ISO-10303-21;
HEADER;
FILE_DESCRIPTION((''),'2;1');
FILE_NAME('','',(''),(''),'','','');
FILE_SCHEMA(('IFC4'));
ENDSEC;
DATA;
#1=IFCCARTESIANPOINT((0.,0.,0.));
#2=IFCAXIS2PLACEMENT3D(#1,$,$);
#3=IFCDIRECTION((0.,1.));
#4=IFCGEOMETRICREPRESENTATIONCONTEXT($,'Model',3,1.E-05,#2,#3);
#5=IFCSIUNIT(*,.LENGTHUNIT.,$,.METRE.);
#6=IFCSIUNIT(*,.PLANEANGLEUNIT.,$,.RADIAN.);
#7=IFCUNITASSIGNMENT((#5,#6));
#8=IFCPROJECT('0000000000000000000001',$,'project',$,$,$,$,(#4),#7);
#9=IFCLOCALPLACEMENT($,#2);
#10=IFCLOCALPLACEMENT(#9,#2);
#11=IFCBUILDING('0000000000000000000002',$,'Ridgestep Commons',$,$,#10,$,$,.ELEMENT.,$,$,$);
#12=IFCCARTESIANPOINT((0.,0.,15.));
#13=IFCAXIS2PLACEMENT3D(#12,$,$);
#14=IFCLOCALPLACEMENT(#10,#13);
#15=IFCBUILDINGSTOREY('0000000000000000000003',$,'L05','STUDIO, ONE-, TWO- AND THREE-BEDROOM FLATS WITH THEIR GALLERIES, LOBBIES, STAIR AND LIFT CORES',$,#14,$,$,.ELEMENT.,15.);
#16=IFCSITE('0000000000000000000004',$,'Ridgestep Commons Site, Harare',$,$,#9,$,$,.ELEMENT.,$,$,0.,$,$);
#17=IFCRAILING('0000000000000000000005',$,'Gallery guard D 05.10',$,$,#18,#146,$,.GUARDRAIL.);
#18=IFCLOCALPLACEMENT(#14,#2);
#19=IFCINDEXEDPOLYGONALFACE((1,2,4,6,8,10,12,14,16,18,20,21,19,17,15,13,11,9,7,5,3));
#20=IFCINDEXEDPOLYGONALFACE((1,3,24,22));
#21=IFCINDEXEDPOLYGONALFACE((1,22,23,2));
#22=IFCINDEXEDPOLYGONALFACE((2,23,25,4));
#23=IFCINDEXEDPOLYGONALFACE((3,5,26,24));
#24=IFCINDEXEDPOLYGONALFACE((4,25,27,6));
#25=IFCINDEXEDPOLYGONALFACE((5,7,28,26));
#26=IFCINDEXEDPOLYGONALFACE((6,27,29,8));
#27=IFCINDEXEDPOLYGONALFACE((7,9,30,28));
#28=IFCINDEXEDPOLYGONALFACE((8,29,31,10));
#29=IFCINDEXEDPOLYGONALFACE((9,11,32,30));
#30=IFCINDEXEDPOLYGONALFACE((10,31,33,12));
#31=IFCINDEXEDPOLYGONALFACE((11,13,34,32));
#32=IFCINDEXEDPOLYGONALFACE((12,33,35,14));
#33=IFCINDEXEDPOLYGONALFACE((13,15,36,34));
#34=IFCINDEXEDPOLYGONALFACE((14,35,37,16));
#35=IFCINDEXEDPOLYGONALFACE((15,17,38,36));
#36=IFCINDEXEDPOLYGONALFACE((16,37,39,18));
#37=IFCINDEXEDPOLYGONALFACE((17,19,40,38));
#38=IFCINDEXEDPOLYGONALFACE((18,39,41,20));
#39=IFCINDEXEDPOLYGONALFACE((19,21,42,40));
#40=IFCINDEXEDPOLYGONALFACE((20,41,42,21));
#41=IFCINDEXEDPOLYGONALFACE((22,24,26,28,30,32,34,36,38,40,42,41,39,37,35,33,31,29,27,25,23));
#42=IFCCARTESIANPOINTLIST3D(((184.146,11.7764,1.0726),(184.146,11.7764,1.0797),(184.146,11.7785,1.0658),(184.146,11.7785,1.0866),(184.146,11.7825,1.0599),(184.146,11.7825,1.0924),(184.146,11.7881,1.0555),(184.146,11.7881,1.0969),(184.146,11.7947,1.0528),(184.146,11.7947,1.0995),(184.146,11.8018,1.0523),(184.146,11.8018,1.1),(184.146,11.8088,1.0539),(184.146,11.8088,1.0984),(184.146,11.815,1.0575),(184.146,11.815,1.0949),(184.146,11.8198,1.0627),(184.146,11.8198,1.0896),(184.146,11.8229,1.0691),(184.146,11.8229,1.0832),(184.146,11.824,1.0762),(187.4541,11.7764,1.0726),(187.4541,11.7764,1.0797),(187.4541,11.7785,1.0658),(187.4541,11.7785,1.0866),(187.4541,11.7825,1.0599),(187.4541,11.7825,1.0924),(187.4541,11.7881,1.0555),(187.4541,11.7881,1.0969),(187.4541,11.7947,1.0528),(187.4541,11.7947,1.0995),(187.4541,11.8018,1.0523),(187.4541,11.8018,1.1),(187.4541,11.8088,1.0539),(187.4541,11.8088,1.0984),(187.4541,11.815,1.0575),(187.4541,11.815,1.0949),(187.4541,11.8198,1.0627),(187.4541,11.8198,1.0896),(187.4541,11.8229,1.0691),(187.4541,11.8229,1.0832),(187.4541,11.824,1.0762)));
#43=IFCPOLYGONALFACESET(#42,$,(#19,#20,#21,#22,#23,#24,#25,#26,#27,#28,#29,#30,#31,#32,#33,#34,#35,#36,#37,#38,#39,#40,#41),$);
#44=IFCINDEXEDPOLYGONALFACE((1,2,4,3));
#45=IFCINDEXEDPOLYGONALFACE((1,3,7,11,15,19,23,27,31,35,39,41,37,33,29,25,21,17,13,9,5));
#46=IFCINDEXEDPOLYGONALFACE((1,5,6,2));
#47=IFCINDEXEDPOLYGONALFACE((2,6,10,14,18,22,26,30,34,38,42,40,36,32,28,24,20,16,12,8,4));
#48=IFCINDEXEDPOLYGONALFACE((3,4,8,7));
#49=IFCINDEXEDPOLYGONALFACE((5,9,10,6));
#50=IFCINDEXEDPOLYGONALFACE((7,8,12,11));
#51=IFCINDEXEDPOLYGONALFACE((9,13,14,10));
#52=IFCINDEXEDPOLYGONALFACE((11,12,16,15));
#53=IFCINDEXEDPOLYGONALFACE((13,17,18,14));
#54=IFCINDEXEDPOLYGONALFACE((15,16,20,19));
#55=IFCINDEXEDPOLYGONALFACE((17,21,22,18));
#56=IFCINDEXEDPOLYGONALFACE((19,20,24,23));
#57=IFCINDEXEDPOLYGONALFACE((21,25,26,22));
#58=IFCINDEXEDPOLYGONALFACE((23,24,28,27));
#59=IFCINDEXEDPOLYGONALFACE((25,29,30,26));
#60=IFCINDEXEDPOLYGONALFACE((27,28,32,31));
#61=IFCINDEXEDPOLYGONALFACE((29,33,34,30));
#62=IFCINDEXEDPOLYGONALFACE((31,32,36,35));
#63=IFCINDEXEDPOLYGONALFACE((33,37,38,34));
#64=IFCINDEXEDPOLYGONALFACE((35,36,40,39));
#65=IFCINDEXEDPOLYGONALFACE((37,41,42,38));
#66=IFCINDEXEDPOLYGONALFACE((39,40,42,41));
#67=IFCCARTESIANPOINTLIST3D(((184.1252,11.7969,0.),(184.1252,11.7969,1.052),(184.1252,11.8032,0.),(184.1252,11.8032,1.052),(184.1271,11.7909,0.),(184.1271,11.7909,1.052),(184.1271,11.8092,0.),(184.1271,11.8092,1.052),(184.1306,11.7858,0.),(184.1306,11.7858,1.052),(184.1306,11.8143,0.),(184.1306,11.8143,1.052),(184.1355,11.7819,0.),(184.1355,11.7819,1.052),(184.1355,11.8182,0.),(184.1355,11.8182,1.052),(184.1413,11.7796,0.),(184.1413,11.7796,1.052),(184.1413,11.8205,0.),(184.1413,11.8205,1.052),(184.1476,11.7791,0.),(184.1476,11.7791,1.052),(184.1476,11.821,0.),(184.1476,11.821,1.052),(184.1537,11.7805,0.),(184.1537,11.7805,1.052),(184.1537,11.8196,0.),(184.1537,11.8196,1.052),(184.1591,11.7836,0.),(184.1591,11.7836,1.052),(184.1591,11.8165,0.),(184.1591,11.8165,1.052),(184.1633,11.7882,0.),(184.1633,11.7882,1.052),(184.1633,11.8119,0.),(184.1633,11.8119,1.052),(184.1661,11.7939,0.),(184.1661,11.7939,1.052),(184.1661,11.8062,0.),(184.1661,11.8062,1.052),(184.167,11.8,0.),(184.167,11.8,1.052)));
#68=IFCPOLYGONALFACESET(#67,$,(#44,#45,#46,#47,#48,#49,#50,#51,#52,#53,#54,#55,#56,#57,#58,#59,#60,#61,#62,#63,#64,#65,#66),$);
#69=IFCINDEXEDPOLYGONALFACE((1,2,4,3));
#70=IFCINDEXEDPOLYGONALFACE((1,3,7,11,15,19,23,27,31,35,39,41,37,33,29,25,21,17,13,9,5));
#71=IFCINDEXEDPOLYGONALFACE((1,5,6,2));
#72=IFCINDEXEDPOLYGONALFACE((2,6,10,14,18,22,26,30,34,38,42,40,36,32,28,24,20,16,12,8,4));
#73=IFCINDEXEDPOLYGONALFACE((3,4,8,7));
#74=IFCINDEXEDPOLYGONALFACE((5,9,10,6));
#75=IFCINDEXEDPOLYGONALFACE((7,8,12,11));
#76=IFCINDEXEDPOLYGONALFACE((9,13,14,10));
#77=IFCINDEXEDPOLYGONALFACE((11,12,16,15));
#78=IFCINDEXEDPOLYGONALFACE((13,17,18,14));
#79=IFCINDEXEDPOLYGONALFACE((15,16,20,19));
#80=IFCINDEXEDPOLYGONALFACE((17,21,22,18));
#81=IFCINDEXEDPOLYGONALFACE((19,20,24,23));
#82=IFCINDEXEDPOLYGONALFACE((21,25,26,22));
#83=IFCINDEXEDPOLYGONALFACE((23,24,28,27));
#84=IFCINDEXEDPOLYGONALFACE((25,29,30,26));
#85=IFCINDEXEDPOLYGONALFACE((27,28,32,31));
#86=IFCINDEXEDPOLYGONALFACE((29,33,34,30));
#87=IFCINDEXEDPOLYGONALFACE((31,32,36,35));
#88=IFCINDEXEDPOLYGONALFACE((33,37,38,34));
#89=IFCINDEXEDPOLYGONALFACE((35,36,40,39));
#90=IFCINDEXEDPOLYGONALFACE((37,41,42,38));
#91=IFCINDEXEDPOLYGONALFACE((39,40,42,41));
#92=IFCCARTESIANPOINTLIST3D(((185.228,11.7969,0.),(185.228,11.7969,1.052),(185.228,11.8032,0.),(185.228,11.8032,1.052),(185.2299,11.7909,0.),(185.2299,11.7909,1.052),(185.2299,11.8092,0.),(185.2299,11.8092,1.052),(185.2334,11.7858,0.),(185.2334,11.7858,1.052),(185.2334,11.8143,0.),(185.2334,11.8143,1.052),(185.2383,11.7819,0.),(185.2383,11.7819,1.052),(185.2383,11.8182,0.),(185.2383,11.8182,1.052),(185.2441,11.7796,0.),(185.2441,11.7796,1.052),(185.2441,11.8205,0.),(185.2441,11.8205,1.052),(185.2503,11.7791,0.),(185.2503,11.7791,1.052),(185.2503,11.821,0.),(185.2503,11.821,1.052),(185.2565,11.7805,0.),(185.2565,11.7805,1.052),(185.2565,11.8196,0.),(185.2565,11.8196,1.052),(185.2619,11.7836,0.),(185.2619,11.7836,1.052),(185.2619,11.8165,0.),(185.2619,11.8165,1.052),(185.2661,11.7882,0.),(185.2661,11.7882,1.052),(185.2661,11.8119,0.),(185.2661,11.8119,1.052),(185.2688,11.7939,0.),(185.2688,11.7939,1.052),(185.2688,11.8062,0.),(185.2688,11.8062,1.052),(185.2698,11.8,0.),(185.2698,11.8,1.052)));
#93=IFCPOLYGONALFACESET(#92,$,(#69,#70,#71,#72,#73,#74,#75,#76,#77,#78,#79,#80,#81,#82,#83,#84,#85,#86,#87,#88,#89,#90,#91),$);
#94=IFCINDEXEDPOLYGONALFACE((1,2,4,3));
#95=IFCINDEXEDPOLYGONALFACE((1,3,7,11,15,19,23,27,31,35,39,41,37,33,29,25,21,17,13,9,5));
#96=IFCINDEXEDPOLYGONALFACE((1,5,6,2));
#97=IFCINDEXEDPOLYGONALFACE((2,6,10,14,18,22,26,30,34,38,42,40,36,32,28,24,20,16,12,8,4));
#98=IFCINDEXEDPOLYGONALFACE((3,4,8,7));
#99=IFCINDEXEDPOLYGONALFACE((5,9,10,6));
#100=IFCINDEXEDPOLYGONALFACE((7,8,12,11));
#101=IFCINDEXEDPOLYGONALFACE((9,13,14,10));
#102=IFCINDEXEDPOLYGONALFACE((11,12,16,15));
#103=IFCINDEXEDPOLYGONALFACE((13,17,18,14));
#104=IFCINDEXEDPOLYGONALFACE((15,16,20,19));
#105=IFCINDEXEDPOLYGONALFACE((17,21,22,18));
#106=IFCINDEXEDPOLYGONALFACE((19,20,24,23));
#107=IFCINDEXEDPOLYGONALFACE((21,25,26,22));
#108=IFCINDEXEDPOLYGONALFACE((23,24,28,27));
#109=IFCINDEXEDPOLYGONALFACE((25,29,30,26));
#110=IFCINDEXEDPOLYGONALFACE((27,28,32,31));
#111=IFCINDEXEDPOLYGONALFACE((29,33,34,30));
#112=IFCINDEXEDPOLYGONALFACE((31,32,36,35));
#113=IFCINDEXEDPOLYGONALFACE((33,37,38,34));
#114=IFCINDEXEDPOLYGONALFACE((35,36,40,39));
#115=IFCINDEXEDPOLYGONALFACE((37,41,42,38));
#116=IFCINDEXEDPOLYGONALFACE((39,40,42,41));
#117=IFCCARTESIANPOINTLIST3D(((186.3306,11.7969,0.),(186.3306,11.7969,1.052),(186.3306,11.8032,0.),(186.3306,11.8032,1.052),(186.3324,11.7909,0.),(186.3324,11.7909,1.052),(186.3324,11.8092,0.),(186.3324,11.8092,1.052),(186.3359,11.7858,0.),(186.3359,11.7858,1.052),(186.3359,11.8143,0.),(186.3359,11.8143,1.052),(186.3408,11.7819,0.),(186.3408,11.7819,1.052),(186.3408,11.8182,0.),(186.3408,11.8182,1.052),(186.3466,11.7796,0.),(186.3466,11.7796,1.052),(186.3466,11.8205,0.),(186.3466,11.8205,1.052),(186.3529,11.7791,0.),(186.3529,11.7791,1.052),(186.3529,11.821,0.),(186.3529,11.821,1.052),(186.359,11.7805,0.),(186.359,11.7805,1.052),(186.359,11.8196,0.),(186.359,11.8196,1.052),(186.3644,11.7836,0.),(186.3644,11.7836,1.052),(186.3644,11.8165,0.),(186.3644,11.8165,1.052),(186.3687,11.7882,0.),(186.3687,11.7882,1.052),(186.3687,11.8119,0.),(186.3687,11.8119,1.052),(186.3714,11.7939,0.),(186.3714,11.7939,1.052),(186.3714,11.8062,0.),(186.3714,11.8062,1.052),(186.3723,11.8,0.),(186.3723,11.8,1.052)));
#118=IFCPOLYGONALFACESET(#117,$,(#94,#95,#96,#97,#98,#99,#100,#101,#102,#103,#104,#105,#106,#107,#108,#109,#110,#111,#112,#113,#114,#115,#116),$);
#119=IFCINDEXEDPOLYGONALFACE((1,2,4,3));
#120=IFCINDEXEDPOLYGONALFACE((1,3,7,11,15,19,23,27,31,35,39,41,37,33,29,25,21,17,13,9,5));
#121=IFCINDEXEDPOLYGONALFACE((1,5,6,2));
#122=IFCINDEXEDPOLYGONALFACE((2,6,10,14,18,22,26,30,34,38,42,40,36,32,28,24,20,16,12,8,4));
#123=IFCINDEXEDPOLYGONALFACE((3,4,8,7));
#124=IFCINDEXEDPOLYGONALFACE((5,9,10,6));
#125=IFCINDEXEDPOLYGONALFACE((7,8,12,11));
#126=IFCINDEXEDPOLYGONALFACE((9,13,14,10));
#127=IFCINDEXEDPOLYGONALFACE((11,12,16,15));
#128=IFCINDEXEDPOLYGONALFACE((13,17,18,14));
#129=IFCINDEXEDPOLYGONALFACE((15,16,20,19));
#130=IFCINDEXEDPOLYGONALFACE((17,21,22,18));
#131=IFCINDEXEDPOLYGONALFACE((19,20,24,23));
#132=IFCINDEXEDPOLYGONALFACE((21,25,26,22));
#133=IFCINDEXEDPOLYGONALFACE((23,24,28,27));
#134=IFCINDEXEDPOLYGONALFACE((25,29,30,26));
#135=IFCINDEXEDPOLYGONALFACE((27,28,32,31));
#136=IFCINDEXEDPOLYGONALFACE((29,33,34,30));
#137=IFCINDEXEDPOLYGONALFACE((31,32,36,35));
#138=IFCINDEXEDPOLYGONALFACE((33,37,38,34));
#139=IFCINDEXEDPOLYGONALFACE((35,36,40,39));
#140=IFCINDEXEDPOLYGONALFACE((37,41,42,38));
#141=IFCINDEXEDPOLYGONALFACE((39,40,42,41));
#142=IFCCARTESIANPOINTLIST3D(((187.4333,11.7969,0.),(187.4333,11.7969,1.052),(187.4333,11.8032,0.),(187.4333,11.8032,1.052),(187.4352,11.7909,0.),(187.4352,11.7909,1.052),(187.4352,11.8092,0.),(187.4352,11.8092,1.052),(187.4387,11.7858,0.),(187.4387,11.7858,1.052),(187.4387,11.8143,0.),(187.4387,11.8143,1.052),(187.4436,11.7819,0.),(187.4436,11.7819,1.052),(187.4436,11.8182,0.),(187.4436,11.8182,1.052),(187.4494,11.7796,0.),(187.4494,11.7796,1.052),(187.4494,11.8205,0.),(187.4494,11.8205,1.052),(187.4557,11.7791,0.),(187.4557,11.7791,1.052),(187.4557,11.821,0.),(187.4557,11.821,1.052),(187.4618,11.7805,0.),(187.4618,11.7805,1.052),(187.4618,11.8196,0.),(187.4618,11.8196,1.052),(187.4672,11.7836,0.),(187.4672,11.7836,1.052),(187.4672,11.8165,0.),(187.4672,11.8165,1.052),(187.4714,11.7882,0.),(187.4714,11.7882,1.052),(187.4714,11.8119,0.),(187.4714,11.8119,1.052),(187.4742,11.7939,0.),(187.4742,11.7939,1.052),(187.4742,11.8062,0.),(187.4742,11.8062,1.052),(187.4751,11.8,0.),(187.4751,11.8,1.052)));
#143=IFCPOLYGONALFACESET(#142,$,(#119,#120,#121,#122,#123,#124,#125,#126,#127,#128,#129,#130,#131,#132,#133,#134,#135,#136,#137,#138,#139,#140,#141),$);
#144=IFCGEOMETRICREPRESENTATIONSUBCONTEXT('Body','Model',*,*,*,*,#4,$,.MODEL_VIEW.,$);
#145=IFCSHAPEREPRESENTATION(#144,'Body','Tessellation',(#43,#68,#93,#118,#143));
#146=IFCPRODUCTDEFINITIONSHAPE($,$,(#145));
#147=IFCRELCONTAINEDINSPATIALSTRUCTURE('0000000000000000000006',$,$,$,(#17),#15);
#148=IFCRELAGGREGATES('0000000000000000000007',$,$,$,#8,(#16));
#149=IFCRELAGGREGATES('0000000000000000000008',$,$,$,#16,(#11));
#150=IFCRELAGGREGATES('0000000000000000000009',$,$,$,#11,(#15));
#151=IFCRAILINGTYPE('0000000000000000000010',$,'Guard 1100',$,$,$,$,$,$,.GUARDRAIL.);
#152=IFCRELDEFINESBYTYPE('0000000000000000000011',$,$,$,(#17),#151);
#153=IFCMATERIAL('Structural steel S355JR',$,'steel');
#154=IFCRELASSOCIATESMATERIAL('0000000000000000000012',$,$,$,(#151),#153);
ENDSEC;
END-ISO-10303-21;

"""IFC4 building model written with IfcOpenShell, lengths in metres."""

from ifc_helpers import new_model, si_unit, direction, frame, origin, origin_2d, place, context, subcontext, project, spatial, circle, extrude, material, type_object, element, save


model = new_model("IFC4")

# Units and contexts
model_context = context("Model", 3, precision=1e-05, world=origin(), true_north=direction((0.0, 1.0)))
body_context = subcontext(model_context, "Body", "Model", "MODEL_VIEW")
ifc_project = project(units=[si_unit("LENGTHUNIT", "METRE"), si_unit("PLANEANGLEUNIT", "RADIAN")], contexts=[model_context])

# Site, building, storey
site_placement = place(None, origin())
site = spatial("IfcSite", under=ifc_project, at=site_placement, Name="Ridgestep Commons Site, Harare", CompositionType="ELEMENT", RefElevation=0.0)
building_placement = place(site_placement, origin())
building = spatial("IfcBuilding", under=site, at=building_placement, Name="Ridgestep Commons", CompositionType="ELEMENT")
storey_placement = place(building_placement, frame((0.0, 0.0, 15.0)))
storey = spatial("IfcBuildingStorey", under=building, at=storey_placement, Name="L05", Description="STUDIO, ONE-, TWO- AND THREE-BEDROOM FLATS WITH THEIR GALLERIES, LOBBIES, STAIR AND LIFT CORES", CompositionType="ELEMENT", Elevation=15.0)

# Railing
ifc_material_1 = material(Name="Structural steel S355JR", Category="steel")
railing_type = type_object("IfcRailingType", Name="Guard 1100", PredefinedType="GUARDRAIL", material=ifc_material_1)
railing_1_placement = place(storey_placement, frame((184.146, 11.8, 0.0)))
element("IfcRailing", 1, at=railing_1_placement, inside=storey, type_object=railing_type, Name="Gallery guard D 05.10", PredefinedType="GUARDRAIL", context=body_context, shape_type="SweptSolid", body=[
    extrude(circle(Radius=0.0239, at=origin_2d()), frame((0.0, 0.0, 1.0762), z_axis=(1.0, 0.0, 0.0), x_axis=(0.0, 1.0, 0.0)), (0.0, 0.0, 1.0), 3.3081),
    extrude(circle(Radius=0.021, at=origin_2d()), origin(), (0.0, 0.0, 1.0), 1.052),
    extrude(circle(Radius=0.021, at=origin_2d()), frame((1.1028, 0.0, 0.0)), (0.0, 0.0, 1.0), 1.052),
    extrude(circle(Radius=0.021, at=origin_2d()), frame((2.2053, 0.0, 0.0)), (0.0, 0.0, 1.0), 1.052),
    extrude(circle(Radius=0.021, at=origin_2d()), frame((3.3081, 0.0, 0.0)), (0.0, 0.0, 1.0), 1.052),
])

save(model, "model.ifc")
